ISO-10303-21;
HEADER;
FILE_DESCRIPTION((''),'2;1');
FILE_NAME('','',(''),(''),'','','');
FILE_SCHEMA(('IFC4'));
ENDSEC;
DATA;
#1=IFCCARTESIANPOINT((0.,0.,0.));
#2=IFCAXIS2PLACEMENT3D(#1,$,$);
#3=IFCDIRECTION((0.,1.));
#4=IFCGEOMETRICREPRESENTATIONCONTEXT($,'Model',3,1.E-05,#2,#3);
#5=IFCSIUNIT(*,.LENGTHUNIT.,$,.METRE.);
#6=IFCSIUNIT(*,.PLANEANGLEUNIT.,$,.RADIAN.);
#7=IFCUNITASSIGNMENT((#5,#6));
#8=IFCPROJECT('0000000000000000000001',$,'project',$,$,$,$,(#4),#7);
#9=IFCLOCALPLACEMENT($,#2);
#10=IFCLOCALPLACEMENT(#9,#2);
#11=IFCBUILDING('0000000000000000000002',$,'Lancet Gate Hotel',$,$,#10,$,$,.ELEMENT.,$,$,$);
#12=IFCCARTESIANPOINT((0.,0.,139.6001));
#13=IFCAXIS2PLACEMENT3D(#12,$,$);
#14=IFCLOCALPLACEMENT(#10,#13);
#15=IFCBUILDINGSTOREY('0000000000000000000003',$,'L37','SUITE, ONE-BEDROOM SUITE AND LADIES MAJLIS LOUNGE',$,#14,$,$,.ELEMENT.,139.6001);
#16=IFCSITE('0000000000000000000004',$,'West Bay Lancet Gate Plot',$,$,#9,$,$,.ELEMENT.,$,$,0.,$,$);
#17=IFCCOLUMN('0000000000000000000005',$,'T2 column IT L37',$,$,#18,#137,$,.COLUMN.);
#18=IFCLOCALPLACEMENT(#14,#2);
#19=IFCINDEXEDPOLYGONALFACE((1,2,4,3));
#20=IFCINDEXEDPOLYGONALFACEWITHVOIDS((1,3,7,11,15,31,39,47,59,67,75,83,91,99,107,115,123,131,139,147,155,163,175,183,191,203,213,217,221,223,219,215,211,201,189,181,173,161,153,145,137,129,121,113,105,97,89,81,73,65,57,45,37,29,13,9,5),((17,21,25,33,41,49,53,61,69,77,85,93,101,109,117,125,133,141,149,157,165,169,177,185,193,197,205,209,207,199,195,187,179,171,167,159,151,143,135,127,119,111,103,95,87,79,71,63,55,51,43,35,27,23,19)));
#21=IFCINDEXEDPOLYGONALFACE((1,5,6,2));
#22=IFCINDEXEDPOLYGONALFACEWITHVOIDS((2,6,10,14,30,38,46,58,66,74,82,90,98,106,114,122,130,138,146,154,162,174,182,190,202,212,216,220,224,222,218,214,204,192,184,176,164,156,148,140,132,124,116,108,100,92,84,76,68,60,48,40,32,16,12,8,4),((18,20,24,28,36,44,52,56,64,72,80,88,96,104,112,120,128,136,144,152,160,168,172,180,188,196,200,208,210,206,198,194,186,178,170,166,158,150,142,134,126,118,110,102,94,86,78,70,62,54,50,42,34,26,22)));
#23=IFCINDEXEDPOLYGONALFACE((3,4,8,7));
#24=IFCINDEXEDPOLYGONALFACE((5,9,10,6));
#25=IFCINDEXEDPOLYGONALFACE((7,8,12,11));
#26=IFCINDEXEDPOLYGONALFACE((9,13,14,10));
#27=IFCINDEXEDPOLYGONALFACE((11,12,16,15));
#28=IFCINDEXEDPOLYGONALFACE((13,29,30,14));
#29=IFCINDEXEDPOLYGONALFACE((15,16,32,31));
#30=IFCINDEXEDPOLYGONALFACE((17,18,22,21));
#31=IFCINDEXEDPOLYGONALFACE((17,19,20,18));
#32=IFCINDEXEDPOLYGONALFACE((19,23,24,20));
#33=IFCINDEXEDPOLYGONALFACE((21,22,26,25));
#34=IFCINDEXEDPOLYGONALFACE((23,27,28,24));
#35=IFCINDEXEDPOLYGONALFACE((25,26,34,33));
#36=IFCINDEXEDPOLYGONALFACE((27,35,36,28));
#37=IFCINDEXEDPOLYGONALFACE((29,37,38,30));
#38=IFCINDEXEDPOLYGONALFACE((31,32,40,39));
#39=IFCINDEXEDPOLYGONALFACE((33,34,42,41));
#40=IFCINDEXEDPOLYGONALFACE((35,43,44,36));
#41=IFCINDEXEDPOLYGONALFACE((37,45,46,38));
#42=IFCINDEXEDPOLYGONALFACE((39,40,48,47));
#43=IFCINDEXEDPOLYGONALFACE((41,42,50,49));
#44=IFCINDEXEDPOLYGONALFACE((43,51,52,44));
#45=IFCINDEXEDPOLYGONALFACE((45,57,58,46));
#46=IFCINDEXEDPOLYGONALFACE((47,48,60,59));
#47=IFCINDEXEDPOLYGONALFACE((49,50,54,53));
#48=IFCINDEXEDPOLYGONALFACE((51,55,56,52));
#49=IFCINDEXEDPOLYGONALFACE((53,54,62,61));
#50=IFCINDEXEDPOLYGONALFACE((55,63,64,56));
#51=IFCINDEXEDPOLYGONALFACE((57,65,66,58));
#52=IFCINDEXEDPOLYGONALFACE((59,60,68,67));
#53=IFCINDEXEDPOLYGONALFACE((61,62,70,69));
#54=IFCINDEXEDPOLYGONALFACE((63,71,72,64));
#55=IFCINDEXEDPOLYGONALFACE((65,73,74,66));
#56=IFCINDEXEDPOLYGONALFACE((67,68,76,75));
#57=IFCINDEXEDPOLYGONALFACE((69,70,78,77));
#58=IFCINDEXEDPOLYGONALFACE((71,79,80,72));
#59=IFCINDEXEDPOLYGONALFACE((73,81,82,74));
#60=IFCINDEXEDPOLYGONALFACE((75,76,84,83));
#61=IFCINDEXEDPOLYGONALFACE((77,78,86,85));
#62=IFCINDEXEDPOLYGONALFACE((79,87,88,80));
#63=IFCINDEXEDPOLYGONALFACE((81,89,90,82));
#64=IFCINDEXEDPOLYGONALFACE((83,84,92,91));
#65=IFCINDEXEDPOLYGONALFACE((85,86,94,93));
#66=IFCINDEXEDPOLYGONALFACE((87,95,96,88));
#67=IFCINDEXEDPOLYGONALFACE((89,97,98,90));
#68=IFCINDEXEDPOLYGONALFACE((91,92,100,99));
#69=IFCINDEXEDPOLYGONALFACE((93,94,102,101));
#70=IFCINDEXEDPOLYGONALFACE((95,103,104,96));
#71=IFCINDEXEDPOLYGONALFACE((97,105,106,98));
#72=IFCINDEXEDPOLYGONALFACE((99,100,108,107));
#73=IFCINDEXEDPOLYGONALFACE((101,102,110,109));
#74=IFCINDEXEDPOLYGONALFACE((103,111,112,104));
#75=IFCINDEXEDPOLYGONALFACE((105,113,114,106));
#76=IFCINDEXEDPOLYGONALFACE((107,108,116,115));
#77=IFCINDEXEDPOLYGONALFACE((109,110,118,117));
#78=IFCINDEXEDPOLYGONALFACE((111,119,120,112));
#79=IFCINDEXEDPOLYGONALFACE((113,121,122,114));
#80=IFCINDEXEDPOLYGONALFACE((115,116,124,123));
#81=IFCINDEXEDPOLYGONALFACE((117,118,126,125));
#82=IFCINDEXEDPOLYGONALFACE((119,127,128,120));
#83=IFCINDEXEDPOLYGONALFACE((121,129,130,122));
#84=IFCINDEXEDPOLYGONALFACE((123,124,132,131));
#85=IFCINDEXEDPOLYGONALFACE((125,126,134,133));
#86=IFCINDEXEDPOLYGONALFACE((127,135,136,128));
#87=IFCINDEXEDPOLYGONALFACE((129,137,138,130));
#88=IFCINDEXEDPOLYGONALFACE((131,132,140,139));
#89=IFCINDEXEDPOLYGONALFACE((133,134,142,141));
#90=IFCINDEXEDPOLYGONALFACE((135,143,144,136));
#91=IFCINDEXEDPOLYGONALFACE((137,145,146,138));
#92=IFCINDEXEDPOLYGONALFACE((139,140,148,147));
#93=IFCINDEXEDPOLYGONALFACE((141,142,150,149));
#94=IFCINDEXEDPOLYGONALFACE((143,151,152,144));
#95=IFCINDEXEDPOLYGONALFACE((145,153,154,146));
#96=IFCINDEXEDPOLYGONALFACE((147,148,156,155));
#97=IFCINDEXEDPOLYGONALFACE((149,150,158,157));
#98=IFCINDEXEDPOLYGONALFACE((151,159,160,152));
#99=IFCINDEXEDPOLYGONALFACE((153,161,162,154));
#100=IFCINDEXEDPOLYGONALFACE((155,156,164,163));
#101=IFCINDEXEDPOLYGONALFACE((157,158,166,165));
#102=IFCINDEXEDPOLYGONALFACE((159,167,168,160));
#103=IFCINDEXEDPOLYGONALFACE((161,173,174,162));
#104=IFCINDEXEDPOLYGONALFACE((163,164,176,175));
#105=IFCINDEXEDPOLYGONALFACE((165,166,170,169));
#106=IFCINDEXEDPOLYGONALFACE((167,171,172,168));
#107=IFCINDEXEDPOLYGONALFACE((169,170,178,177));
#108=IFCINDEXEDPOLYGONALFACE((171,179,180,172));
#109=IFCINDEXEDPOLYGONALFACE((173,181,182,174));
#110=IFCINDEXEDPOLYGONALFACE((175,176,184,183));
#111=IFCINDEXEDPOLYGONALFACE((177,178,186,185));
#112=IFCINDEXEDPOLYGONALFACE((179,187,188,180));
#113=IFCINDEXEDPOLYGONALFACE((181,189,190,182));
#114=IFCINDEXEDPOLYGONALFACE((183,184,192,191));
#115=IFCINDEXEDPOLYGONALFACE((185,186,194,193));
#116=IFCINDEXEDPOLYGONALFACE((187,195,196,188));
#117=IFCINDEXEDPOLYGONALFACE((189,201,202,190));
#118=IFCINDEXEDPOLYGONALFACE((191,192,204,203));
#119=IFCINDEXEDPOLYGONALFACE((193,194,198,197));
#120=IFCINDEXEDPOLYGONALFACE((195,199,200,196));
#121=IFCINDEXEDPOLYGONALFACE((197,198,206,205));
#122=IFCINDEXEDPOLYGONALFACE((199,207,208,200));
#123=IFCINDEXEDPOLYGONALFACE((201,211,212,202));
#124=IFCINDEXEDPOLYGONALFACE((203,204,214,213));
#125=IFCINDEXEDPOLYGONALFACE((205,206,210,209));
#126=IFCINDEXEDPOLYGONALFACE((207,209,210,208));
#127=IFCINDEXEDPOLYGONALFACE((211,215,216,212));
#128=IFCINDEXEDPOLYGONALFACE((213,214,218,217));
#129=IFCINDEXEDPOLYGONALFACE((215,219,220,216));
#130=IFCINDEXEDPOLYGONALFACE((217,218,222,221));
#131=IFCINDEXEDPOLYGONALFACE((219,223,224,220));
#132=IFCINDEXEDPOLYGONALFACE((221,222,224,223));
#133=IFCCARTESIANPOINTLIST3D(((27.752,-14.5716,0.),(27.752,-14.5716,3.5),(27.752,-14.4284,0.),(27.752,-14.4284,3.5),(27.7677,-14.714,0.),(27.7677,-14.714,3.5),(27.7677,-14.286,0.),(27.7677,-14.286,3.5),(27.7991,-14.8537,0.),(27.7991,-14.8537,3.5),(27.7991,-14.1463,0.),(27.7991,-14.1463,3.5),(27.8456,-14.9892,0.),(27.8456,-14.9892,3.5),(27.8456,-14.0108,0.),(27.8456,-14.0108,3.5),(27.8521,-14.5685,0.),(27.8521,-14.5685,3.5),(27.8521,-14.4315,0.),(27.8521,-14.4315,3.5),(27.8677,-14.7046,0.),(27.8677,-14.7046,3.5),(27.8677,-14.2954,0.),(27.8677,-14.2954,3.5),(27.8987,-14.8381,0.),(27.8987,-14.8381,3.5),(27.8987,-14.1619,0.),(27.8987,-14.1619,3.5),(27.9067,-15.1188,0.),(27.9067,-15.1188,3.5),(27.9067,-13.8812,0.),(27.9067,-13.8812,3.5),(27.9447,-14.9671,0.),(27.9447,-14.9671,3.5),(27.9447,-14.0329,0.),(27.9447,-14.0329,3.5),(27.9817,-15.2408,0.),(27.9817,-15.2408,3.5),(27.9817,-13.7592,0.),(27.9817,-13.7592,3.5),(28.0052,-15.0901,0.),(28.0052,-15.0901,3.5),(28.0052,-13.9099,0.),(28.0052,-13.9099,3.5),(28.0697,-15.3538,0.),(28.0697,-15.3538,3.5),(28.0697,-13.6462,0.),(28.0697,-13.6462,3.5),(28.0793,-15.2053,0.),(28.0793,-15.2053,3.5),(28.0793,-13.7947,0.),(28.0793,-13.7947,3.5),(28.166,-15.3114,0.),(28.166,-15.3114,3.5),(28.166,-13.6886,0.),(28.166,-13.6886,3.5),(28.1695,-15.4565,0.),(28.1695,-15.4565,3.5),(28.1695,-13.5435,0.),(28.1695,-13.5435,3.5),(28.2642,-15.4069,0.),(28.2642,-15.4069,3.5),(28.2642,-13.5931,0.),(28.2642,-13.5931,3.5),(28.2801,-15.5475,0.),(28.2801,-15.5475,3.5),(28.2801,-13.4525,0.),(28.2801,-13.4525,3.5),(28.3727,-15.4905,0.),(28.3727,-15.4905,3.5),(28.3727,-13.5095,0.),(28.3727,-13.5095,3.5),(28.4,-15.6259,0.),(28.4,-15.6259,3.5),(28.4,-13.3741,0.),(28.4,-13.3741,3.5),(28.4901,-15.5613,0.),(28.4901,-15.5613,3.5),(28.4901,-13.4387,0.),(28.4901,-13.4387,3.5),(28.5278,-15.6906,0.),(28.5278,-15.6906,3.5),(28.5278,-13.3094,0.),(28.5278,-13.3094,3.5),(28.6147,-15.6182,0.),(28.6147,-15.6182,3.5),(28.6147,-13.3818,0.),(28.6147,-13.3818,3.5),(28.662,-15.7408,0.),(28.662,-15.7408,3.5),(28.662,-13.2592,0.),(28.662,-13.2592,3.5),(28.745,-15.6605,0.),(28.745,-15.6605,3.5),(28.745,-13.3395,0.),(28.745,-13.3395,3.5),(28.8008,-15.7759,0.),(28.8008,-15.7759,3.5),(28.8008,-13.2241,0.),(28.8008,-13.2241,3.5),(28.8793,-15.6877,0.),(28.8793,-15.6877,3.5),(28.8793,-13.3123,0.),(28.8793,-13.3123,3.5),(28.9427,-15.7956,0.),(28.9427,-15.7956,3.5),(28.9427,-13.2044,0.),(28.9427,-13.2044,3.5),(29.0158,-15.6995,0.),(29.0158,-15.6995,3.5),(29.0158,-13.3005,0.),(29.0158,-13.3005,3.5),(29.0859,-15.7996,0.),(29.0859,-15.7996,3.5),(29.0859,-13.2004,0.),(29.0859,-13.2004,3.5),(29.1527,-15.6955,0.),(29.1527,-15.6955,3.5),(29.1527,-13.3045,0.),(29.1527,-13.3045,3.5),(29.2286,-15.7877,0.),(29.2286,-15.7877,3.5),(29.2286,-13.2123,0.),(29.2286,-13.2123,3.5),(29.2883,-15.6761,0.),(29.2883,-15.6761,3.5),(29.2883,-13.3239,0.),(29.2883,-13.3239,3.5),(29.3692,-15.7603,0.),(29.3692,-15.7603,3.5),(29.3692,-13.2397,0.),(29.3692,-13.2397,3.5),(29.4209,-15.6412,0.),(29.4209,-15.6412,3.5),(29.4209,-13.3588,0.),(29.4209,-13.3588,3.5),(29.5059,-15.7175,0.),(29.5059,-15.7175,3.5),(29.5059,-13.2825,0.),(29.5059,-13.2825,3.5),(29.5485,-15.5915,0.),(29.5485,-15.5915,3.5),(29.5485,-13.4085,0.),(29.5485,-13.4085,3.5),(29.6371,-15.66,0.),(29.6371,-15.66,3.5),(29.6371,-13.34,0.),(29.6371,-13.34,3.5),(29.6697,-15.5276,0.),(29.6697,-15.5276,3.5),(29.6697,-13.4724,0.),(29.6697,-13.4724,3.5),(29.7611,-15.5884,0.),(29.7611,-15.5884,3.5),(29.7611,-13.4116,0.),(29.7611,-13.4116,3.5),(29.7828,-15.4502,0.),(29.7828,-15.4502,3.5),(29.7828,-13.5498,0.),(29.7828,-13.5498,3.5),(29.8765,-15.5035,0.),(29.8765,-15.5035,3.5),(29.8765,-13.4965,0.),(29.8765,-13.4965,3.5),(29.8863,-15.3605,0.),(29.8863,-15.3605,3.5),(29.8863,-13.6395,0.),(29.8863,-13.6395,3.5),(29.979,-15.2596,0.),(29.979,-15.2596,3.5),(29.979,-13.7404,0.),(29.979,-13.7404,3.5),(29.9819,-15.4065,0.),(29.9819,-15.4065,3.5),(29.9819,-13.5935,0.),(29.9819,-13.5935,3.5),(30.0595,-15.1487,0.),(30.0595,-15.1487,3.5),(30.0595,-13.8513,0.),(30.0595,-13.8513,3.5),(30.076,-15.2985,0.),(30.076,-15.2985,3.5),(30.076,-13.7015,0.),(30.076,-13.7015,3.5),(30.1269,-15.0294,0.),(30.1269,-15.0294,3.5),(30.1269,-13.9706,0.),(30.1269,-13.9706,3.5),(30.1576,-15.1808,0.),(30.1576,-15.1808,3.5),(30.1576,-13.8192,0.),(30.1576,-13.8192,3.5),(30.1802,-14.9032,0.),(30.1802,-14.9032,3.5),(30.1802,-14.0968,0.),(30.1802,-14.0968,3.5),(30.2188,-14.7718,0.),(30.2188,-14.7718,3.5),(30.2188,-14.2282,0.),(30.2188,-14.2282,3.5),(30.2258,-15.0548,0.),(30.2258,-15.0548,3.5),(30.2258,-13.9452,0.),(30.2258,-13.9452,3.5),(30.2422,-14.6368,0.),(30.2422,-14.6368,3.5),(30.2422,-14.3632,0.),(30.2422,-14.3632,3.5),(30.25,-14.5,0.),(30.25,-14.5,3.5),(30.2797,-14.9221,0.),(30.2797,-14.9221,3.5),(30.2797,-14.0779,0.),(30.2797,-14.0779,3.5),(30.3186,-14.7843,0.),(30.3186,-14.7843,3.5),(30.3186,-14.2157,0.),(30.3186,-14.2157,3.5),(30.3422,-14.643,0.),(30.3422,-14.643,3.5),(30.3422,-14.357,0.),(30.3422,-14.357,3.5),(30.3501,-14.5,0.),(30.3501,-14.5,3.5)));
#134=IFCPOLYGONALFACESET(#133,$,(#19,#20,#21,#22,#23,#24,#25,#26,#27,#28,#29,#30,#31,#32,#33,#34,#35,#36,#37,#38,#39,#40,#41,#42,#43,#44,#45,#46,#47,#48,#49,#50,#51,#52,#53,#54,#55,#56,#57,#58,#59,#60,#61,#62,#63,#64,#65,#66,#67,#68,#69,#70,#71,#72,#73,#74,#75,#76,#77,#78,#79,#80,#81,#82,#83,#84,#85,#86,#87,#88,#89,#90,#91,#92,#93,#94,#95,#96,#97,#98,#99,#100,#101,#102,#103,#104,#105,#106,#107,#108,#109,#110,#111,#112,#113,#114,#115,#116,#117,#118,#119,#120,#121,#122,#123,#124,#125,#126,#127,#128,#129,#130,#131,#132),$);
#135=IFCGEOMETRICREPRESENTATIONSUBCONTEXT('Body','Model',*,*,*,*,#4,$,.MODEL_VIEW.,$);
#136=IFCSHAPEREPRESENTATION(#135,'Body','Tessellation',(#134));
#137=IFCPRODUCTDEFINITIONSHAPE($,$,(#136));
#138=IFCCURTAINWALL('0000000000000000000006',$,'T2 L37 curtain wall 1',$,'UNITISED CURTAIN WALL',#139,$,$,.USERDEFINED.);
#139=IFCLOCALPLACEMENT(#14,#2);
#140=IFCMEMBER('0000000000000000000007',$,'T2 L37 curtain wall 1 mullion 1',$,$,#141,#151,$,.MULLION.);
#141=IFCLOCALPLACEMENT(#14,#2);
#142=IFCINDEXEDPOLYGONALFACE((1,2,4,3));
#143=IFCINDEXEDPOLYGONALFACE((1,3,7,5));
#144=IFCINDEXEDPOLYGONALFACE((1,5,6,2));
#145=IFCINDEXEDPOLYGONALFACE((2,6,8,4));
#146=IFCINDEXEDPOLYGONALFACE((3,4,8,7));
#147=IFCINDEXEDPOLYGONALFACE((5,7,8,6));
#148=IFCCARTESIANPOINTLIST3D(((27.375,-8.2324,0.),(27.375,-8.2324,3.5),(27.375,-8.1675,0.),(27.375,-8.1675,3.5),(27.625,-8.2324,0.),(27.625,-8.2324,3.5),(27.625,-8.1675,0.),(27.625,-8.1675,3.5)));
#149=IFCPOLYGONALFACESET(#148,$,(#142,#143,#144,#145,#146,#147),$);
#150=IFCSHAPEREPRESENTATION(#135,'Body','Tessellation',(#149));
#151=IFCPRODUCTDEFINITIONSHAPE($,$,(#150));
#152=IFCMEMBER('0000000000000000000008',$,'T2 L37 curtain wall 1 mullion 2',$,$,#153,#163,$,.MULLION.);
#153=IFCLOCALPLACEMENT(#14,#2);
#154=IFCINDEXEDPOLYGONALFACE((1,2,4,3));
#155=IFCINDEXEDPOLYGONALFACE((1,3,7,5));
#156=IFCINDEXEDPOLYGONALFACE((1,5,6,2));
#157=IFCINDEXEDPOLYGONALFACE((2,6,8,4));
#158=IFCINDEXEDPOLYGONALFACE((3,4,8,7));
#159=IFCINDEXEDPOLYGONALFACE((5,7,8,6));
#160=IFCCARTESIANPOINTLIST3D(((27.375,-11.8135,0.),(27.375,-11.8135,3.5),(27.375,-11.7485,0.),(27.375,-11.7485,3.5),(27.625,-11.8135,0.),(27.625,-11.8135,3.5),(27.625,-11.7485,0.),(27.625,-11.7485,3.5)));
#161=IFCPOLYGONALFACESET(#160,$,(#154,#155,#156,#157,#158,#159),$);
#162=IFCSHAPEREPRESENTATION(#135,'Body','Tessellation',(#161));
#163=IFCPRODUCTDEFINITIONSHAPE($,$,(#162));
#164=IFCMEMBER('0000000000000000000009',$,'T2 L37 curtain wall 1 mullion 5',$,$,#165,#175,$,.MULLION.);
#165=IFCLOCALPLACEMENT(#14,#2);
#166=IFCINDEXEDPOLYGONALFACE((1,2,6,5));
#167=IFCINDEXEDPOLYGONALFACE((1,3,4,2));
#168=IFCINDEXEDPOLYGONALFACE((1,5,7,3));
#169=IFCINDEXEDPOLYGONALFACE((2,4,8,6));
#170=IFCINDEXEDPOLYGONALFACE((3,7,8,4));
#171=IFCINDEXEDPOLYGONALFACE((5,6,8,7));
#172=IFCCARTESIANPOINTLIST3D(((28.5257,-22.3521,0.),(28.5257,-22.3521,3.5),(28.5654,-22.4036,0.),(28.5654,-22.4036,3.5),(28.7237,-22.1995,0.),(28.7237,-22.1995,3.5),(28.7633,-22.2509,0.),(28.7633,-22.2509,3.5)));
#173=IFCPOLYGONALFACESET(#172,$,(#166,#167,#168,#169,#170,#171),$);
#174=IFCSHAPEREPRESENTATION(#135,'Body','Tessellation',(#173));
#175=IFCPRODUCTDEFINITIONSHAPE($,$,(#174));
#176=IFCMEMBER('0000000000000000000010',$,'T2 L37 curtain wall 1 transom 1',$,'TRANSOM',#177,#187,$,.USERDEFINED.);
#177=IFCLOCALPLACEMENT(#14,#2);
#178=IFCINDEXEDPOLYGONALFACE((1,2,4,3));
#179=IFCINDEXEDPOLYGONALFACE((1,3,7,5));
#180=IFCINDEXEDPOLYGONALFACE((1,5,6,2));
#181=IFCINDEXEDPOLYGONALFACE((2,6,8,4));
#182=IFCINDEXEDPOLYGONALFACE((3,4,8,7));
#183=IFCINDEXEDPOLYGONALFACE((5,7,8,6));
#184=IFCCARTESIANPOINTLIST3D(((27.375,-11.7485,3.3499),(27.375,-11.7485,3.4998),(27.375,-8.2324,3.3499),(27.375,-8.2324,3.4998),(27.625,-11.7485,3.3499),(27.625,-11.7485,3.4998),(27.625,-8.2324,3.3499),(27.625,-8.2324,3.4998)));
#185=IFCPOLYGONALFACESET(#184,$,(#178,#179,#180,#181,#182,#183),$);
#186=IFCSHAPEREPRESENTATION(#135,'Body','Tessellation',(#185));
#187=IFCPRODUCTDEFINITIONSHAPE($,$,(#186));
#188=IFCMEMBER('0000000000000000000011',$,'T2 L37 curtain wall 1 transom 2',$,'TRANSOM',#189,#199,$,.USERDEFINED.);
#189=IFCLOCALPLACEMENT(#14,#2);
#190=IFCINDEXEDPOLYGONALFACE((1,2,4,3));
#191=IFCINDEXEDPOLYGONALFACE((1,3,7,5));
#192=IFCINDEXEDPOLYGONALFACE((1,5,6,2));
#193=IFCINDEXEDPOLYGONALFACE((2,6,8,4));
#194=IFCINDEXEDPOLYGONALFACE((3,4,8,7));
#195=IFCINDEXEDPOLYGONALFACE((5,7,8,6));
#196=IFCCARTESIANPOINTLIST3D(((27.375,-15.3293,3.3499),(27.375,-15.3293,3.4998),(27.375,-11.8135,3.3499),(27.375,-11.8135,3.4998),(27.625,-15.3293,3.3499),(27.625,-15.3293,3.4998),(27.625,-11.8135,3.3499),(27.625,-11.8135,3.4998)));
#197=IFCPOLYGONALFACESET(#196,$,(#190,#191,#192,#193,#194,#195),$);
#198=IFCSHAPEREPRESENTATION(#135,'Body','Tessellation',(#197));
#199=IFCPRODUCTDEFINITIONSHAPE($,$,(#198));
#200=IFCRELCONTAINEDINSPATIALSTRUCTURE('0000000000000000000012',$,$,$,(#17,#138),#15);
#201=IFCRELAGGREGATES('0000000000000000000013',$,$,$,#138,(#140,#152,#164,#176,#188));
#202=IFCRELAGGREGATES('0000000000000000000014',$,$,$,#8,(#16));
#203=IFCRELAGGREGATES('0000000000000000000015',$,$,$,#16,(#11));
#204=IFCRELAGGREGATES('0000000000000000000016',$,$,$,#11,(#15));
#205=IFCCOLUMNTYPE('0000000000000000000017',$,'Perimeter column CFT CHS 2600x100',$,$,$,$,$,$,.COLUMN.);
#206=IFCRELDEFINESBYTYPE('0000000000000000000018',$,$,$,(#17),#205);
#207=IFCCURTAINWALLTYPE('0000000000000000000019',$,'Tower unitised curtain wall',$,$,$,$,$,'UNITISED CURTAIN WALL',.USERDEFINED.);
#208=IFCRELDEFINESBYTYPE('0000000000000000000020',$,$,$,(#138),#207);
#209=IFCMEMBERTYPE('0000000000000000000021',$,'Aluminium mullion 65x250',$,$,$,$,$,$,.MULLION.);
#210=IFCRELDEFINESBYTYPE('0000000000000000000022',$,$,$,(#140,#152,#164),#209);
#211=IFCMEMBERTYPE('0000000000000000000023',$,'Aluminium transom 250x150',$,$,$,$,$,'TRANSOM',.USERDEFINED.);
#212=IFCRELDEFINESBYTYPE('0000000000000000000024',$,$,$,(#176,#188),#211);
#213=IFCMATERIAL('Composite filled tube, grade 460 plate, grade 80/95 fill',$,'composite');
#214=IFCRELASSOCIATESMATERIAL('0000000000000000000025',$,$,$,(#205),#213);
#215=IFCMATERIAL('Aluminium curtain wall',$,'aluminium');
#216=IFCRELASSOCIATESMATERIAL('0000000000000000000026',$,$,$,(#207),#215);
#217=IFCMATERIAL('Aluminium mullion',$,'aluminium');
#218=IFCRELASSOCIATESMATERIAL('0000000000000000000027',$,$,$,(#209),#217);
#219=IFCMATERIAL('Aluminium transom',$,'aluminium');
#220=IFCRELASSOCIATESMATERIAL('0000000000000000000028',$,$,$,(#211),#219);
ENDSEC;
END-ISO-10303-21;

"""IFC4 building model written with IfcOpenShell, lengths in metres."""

from ifc_helpers import new_model, si_unit, direction, frame, origin, origin_2d, place, context, subcontext, project, spatial, rectangle, hollow_circle, extrude, material, material_profile, profile_set, type_object, element, aggregate, save


model = new_model("IFC4")

# Units and contexts
model_context = context("Model", 3, precision=1e-05, world=origin(), true_north=direction((0.0, 1.0)))
body_context = subcontext(model_context, "Body", "Model", "MODEL_VIEW")
ifc_project = project(units=[si_unit("LENGTHUNIT", "METRE"), si_unit("PLANEANGLEUNIT", "RADIAN")], contexts=[model_context])

# Site, building, storey
site_placement = place(None, origin())
site = spatial("IfcSite", under=ifc_project, at=site_placement, Name="West Bay Lancet Gate Plot", CompositionType="ELEMENT", RefElevation=0.0)
building_placement = place(site_placement, origin())
building = spatial("IfcBuilding", under=site, at=building_placement, Name="Lancet Gate Hotel", CompositionType="ELEMENT")
storey_placement = place(building_placement, frame((0.0, 0.0, 139.6001)))
storey = spatial("IfcBuildingStorey", under=building, at=storey_placement, Name="L37", Description="SUITE, ONE-BEDROOM SUITE AND LADIES MAJLIS LOUNGE", CompositionType="ELEMENT", Elevation=139.6001)

# Column
ifc_material_1 = material(Name="Composite filled tube, grade 460 plate, grade 80/95 fill", Category="composite")
ifc_material_profile_1 = material_profile(ifc_material_1, hollow_circle(Radius=1.3, WallThickness=0.1001, at=origin_2d()), Name="CHS 2600x100")
ifc_profile_set_1 = profile_set([ifc_material_profile_1], Name="Composite filled tube, grade 460 plate, grade 80/95 fill")
column_type = type_object("IfcColumnType", Name="Perimeter column CFT CHS 2600x100", PredefinedType="COLUMN", material=ifc_profile_set_1)
column_placement = place(storey_placement, frame((29.05, -14.5, 0.0), z_axis=(0.0, 0.0, 1.0), x_axis=(1.0, 0.0, 0.0)))
element("IfcColumn", 1, at=column_placement, inside=storey, type_object=column_type, Name="T2 column IT L37", PredefinedType="COLUMN", context=body_context, shape_type="SweptSolid", body=[
    extrude(hollow_circle(Radius=1.3, WallThickness=0.1001, at=origin_2d()), origin(), (0.0, 0.0, 1.0), 3.5),
])

# Curtain wall, members
ifc_material_2 = material(Name="Aluminium curtain wall", Category="aluminium")
curtain_wall_type = type_object("IfcCurtainWallType", Name="Tower unitised curtain wall", ElementType="UNITISED CURTAIN WALL", PredefinedType="USERDEFINED", material=ifc_material_2)
curtain_wall_placement = place(storey_placement, origin())
curtain_wall = element("IfcCurtainWall", 2, at=curtain_wall_placement, inside=storey, type_object=curtain_wall_type, Name="T2 L37 curtain wall 1", ObjectType="UNITISED CURTAIN WALL", PredefinedType="USERDEFINED")
ifc_material_3 = material(Name="Aluminium mullion", Category="aluminium")
ifc_material_profile_2 = material_profile(ifc_material_3, rectangle(XDim=0.0649, YDim=0.25, at=origin_2d()), Name="MULLION 65x250")
ifc_profile_set_2 = profile_set([ifc_material_profile_2], Name="Aluminium mullion")
member_type_1 = type_object("IfcMemberType", Name="Aluminium mullion 65x250", PredefinedType="MULLION", material=ifc_profile_set_2)
member_1_placement = place(storey_placement, frame((27.5, -8.2, 0.0), z_axis=(0.0, 0.0, 1.0), x_axis=(0.0, -1.0, 0.0)))
member_1 = element("IfcMember", 3, at=member_1_placement, type_object=member_type_1, Name="T2 L37 curtain wall 1 mullion 1", PredefinedType="MULLION", context=body_context, shape_type="SweptSolid", body=[
    extrude(rectangle(XDim=0.0649, YDim=0.25, at=origin_2d()), origin(), (0.0, 0.0, 1.0), 3.5),
])
member_2_placement = place(storey_placement, frame((27.5, -11.781, 0.0), z_axis=(0.0, 0.0, 1.0), x_axis=(0.0, -1.0, 0.0)))
member_2 = element("IfcMember", 4, at=member_2_placement, type_object=member_type_1, Name="T2 L37 curtain wall 1 mullion 2", PredefinedType="MULLION", context=body_context, shape_type="SweptSolid", body=[
    extrude(rectangle(XDim=0.0649, YDim=0.25, at=origin_2d()), origin(), (0.0, 0.0, 1.0), 3.5),
])
member_3_placement = place(storey_placement, frame((28.6445, -22.3015, 0.0), z_axis=(0.0, 0.0, 1.0), x_axis=(0.610664, -0.79189, 0.0)))
member_3 = element("IfcMember", 5, at=member_3_placement, type_object=member_type_1, Name="T2 L37 curtain wall 1 mullion 5", PredefinedType="MULLION", context=body_context, shape_type="SweptSolid", body=[
    extrude(rectangle(XDim=0.0649, YDim=0.25, at=origin_2d()), origin(), (0.0, 0.0, 1.0), 3.5),
])
ifc_material_4 = material(Name="Aluminium transom", Category="aluminium")
ifc_material_profile_3 = material_profile(ifc_material_4, rectangle(XDim=0.25, YDim=0.1499, at=origin_2d()), Name="TRANSOM 250x150")
ifc_profile_set_3 = profile_set([ifc_material_profile_3], Name="Aluminium transom")
member_type_2 = type_object("IfcMemberType", Name="Aluminium transom 250x150", ElementType="TRANSOM", PredefinedType="USERDEFINED", material=ifc_profile_set_3)
member_4_placement = place(storey_placement, frame((27.5, -8.2324, 3.4248), z_axis=(0.0, -1.0, 0.0), x_axis=(1.0, 0.0, 0.0)))
member_4 = element("IfcMember", 6, at=member_4_placement, type_object=member_type_2, Name="T2 L37 curtain wall 1 transom 1", ObjectType="TRANSOM", PredefinedType="USERDEFINED", context=body_context, shape_type="SweptSolid", body=[
    extrude(rectangle(XDim=0.25, YDim=0.1499, at=origin_2d()), origin(), (0.0, 0.0, 1.0), 3.5161),
])
member_5_placement = place(storey_placement, frame((27.5, -11.8135, 3.4248), z_axis=(0.0, -1.0, 0.0), x_axis=(1.0, 0.0, 0.0)))
member_5 = element("IfcMember", 7, at=member_5_placement, type_object=member_type_2, Name="T2 L37 curtain wall 1 transom 2", ObjectType="TRANSOM", PredefinedType="USERDEFINED", context=body_context, shape_type="SweptSolid", body=[
    extrude(rectangle(XDim=0.25, YDim=0.1499, at=origin_2d()), origin(), (0.0, 0.0, 1.0), 3.5159),
])

aggregate(curtain_wall, [member_1, member_2, member_3, member_4, member_5])

save(model, "model.ifc")
